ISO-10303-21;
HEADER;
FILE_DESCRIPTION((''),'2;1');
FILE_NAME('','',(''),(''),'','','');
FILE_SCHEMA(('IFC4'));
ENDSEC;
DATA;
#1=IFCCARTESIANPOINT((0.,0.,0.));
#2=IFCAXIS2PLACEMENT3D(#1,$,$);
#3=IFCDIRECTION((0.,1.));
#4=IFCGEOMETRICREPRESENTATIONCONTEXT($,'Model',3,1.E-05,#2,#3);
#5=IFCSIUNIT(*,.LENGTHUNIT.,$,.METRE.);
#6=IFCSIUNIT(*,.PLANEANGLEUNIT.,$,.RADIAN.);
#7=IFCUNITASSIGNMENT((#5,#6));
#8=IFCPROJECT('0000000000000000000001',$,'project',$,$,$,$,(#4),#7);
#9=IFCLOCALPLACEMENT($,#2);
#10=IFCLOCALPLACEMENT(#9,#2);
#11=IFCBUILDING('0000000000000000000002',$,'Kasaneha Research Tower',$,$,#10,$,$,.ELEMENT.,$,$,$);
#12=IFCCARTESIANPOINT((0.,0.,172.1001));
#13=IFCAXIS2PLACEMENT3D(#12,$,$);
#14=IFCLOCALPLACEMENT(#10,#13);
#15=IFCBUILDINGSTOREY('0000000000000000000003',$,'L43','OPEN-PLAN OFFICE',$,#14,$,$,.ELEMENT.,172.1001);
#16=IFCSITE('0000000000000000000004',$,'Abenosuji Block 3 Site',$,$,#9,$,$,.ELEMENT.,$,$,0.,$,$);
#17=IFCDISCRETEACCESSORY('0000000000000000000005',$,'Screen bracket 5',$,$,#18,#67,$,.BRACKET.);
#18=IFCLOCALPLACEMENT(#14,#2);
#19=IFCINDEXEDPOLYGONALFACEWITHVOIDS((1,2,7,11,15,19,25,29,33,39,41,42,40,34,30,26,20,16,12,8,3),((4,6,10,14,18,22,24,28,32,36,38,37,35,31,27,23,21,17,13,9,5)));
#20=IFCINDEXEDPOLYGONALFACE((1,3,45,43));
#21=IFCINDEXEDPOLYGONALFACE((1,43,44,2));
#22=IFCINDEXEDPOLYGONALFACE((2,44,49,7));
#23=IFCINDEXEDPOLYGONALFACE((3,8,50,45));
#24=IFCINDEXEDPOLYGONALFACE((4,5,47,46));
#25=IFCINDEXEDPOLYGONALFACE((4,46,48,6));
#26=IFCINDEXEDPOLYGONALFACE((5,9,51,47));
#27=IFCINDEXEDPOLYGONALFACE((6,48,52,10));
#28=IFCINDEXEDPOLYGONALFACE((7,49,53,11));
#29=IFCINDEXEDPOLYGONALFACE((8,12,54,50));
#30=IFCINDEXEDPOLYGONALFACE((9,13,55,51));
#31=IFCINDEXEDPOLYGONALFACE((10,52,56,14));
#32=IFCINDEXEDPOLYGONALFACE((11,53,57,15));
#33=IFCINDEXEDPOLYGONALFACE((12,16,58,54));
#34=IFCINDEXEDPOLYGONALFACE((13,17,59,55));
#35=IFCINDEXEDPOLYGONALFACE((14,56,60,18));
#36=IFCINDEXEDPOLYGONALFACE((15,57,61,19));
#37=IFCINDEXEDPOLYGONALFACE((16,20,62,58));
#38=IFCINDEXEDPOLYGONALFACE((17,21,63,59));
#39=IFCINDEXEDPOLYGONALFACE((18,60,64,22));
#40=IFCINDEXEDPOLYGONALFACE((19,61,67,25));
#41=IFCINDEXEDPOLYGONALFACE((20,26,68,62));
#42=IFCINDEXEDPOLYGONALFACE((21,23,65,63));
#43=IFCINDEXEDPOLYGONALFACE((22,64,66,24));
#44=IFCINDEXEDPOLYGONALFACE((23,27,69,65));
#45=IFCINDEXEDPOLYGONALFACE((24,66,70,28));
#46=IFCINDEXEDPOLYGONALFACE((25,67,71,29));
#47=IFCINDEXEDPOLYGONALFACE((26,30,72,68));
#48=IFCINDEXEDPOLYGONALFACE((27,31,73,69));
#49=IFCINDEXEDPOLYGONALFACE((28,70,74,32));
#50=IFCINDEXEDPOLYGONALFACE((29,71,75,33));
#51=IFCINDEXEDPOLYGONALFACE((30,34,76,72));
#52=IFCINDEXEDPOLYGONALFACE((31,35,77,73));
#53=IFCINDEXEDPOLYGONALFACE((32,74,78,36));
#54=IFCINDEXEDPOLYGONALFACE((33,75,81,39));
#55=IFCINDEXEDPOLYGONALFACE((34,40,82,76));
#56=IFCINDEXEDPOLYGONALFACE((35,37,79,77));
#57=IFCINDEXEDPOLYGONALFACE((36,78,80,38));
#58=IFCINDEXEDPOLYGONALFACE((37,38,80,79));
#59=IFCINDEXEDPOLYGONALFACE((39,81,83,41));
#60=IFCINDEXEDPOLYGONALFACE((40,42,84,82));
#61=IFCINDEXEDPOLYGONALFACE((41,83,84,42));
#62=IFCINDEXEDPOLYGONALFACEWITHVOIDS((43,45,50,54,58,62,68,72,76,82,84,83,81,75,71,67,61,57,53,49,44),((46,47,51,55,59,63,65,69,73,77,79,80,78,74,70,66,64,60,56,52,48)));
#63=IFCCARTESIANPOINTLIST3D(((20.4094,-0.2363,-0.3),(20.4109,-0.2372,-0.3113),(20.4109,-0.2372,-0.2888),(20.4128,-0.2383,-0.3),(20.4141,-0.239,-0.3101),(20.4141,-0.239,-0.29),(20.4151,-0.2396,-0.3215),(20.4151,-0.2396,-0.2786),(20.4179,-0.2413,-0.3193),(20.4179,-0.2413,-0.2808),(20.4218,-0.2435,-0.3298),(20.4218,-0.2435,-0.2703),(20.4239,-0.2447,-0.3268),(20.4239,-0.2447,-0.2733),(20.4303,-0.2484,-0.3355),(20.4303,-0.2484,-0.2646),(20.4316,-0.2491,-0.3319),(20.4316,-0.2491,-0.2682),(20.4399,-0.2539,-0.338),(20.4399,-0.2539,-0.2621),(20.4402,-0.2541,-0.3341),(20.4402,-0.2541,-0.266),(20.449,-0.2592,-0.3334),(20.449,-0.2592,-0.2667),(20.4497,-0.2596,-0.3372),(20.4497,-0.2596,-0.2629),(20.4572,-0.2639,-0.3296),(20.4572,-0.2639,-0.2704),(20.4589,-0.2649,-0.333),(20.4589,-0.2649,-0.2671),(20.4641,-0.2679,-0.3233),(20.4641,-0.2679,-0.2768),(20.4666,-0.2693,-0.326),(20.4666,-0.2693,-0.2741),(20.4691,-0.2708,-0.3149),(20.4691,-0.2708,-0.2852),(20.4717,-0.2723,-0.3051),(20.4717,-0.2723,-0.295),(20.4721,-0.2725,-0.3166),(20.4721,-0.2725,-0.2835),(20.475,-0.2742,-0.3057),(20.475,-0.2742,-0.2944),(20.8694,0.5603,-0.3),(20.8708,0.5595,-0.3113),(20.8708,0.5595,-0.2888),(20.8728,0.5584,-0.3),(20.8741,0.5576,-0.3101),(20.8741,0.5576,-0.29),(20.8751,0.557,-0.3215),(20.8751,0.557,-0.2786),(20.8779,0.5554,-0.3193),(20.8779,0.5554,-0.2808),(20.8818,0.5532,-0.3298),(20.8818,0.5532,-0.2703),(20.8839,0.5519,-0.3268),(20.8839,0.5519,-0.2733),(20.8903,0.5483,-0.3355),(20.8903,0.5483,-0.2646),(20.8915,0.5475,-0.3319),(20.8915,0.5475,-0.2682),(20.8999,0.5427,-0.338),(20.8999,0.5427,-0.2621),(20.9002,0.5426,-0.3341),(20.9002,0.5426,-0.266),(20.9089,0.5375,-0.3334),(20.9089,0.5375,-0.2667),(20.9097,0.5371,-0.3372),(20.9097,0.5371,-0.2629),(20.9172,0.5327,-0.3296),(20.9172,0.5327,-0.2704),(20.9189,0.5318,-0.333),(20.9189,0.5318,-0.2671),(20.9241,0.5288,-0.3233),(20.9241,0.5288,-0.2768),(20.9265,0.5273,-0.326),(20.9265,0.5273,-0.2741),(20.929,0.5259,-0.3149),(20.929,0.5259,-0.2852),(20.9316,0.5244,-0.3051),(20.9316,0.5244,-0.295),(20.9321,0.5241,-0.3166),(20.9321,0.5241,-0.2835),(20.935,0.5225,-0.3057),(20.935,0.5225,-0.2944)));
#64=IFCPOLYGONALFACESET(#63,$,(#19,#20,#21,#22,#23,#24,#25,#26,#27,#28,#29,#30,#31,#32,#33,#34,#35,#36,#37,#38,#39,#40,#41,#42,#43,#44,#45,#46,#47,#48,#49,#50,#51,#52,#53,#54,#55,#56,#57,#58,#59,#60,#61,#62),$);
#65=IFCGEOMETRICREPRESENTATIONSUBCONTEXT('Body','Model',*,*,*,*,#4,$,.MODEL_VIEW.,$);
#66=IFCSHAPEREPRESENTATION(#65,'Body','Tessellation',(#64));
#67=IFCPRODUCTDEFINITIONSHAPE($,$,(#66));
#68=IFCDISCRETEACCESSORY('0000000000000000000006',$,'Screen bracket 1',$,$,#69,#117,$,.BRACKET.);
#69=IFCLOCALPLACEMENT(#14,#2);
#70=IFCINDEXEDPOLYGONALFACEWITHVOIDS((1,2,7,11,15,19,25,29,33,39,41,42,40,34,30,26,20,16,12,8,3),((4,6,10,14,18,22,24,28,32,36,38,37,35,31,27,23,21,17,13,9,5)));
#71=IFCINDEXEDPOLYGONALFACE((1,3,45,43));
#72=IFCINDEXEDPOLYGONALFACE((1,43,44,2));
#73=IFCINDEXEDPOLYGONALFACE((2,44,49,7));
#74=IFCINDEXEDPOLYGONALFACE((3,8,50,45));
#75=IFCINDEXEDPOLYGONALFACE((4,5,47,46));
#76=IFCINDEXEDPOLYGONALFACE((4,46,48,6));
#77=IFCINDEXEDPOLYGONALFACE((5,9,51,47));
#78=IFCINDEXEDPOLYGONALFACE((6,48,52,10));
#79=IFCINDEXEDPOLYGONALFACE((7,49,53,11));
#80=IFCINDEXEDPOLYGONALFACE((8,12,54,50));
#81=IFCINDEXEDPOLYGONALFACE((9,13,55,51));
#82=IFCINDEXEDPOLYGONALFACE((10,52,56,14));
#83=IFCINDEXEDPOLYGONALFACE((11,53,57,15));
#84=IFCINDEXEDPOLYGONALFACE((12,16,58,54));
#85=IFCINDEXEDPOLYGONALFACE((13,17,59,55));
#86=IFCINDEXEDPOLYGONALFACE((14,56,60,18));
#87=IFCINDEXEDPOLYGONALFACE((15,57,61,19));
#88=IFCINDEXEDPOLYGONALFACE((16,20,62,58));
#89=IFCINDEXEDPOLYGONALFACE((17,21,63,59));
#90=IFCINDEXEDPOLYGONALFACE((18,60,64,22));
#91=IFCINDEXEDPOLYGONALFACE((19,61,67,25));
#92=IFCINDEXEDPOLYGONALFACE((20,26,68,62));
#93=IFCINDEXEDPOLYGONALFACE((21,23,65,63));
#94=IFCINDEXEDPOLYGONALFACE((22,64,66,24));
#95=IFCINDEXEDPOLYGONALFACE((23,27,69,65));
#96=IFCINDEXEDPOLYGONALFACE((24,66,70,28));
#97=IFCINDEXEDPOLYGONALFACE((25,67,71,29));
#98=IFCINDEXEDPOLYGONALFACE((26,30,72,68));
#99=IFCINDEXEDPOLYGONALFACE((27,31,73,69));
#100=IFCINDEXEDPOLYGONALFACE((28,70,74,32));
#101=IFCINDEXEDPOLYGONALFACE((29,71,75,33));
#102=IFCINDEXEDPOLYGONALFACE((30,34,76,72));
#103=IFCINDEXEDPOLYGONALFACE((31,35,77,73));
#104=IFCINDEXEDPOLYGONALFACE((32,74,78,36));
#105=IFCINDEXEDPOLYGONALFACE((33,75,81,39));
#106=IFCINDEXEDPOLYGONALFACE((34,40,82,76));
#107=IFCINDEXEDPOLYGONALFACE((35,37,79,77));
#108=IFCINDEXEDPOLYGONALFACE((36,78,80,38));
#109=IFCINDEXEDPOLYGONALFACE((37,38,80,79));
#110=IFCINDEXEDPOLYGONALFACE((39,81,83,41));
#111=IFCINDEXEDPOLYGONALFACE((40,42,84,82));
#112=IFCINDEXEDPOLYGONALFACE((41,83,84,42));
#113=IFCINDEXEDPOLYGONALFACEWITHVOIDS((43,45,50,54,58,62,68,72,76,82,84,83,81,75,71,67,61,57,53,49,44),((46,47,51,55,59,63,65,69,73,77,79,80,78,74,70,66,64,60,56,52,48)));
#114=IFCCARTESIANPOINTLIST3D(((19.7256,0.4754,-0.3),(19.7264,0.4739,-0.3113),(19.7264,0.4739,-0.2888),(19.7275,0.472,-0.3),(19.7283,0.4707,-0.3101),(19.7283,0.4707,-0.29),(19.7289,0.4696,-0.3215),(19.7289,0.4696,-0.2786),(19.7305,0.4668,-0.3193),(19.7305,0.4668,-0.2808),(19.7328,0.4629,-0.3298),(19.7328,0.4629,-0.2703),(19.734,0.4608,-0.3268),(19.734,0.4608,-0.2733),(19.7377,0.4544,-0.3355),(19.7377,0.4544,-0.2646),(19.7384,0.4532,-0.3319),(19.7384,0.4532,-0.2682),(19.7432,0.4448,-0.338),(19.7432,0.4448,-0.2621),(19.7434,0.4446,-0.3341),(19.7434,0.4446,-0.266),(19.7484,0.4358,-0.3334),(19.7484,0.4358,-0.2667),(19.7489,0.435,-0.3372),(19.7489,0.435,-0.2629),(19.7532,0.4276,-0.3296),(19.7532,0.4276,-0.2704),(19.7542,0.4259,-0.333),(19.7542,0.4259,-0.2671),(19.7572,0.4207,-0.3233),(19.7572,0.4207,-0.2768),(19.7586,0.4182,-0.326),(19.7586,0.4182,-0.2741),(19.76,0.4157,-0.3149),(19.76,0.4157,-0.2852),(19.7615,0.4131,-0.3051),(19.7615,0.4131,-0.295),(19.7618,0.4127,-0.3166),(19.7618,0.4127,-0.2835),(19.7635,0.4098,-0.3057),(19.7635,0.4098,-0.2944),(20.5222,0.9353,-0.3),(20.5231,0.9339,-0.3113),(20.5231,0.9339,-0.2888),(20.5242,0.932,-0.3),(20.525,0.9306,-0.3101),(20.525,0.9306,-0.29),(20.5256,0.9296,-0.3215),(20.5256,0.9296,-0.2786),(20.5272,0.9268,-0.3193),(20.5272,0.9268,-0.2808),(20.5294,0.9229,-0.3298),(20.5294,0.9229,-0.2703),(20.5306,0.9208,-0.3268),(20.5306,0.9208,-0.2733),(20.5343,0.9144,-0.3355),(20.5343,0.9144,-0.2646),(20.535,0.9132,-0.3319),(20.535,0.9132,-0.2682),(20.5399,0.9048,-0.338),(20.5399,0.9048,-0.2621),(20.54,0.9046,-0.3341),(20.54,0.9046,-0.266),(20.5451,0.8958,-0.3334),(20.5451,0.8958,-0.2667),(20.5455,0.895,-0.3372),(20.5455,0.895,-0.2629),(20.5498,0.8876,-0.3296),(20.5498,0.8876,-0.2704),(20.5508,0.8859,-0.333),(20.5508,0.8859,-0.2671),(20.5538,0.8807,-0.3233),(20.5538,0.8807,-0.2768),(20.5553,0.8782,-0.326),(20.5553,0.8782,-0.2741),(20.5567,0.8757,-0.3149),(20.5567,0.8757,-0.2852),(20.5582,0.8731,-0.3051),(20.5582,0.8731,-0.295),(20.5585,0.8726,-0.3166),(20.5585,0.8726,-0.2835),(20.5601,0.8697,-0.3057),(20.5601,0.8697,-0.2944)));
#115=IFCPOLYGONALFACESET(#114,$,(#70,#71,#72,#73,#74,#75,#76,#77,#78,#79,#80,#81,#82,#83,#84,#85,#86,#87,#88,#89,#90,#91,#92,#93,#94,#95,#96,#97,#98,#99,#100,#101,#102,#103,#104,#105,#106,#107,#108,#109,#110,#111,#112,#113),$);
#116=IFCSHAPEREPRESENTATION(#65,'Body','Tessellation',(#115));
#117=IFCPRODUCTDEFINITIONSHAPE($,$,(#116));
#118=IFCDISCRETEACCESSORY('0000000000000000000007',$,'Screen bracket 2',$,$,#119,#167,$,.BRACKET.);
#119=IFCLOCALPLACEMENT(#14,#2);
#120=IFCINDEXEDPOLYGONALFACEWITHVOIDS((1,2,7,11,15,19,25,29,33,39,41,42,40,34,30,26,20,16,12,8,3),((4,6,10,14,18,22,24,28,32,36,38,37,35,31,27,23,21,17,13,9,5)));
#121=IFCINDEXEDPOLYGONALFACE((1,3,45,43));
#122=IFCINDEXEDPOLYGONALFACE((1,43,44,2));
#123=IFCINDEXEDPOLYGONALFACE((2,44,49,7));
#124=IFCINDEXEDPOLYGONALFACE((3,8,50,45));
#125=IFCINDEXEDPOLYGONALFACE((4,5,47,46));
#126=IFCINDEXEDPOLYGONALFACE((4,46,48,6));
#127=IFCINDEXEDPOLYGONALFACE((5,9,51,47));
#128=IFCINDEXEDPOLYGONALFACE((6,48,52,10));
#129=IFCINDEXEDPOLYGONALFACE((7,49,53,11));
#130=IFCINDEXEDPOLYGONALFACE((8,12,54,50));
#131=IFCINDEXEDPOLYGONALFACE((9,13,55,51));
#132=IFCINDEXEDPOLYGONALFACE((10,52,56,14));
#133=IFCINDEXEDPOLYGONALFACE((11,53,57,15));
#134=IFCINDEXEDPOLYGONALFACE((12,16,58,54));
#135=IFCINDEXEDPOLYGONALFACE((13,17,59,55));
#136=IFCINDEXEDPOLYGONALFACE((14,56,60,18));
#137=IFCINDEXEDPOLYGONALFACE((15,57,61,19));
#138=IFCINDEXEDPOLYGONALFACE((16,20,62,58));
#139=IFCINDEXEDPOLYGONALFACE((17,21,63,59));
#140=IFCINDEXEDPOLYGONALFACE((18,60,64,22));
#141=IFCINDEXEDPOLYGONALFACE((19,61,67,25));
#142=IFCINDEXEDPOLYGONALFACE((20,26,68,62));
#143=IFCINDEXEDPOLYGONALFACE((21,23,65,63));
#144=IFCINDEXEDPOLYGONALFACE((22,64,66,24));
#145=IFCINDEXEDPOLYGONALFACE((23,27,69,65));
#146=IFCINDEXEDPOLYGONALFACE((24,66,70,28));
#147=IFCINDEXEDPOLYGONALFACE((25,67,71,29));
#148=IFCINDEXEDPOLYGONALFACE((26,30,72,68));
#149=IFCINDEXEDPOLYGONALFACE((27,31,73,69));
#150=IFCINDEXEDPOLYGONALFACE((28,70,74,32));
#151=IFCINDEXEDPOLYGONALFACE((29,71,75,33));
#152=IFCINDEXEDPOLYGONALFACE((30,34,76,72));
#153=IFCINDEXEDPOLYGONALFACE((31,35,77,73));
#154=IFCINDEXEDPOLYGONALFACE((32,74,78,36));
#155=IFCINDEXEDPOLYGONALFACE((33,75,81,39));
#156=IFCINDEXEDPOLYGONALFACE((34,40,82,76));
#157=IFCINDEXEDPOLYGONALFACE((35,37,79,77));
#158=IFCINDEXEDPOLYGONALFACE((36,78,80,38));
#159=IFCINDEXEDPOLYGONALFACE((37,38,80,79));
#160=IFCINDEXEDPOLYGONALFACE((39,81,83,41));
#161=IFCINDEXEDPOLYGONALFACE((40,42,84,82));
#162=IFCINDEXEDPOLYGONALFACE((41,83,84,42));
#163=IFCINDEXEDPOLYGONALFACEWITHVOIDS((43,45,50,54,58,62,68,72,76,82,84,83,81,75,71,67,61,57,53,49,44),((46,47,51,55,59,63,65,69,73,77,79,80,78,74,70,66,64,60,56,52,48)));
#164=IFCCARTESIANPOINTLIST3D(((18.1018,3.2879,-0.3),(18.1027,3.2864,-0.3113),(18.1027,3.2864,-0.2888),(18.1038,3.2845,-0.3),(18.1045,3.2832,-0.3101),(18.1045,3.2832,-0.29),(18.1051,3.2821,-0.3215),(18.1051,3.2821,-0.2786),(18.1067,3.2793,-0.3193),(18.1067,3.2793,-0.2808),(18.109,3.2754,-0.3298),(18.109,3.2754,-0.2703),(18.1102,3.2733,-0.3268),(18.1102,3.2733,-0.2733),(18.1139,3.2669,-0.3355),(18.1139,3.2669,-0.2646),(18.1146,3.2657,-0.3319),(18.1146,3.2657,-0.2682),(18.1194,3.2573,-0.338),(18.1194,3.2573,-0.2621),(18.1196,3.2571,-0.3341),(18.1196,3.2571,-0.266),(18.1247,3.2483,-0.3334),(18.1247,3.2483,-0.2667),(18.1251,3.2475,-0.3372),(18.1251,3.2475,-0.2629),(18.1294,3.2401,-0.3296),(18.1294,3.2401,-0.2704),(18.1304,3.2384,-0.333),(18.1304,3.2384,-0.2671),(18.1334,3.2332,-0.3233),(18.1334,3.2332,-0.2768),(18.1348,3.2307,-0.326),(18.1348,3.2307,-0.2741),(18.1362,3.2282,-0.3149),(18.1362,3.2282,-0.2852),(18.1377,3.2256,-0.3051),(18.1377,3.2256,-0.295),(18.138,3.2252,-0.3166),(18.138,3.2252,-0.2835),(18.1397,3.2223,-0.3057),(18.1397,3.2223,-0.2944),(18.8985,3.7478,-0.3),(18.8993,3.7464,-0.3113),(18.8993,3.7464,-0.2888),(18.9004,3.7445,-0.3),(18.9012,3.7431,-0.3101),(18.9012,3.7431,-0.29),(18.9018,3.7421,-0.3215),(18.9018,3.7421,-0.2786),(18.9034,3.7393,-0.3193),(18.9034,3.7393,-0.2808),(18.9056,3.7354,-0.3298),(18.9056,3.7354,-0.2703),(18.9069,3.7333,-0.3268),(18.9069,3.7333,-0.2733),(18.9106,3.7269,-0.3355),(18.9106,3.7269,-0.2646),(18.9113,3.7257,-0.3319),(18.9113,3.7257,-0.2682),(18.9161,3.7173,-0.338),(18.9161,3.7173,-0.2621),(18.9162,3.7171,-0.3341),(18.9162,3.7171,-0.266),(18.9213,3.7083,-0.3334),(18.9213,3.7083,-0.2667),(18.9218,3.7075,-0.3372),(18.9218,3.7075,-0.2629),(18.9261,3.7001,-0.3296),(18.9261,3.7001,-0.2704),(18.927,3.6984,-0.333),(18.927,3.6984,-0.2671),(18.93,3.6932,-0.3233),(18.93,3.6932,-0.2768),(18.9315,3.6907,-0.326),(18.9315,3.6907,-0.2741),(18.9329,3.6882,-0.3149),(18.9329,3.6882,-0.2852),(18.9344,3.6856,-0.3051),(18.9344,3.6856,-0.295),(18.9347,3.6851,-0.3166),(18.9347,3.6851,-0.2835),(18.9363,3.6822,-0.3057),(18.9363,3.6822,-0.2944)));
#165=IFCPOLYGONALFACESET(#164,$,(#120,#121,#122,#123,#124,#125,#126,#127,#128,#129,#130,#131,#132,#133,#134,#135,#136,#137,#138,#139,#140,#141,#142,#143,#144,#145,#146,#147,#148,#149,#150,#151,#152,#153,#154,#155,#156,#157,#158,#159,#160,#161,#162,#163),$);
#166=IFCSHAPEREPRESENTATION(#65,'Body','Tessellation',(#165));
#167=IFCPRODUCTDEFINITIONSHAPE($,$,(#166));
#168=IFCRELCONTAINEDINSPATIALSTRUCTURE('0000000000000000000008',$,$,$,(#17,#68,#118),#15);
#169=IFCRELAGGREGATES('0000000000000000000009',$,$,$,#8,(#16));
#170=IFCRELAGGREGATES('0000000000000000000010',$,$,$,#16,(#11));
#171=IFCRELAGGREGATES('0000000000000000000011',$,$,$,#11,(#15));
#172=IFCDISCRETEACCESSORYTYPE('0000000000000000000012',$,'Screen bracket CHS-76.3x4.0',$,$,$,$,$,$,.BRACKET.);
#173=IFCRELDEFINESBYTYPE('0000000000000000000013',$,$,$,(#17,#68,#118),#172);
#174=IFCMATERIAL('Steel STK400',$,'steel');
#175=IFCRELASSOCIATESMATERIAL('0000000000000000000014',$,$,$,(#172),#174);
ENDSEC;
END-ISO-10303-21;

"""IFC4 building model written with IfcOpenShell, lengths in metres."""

from ifc_helpers import new_model, si_unit, direction, frame, origin, origin_2d, place, context, subcontext, project, spatial, hollow_circle, extrude, material, material_profile, profile_set, type_object, element, save


model = new_model("IFC4")

# Units and contexts
model_context = context("Model", 3, precision=1e-05, world=origin(), true_north=direction((0.0, 1.0)))
body_context = subcontext(model_context, "Body", "Model", "MODEL_VIEW")
ifc_project = project(units=[si_unit("LENGTHUNIT", "METRE"), si_unit("PLANEANGLEUNIT", "RADIAN")], contexts=[model_context])

# Site, building, storey
site_placement = place(None, origin())
site = spatial("IfcSite", under=ifc_project, at=site_placement, Name="Abenosuji Block 3 Site", CompositionType="ELEMENT", RefElevation=0.0)
building_placement = place(site_placement, origin())
building = spatial("IfcBuilding", under=site, at=building_placement, Name="Kasaneha Research Tower", CompositionType="ELEMENT")
storey_placement = place(building_placement, frame((0.0, 0.0, 172.1001)))
storey = spatial("IfcBuildingStorey", under=building, at=storey_placement, Name="L43", Description="OPEN-PLAN OFFICE", CompositionType="ELEMENT", Elevation=172.1001)

# Discrete accessories
ifc_material_1 = material(Name="Steel STK400", Category="steel")
ifc_material_profile_1 = material_profile(ifc_material_1, hollow_circle(Radius=0.0381, WallThickness=0.0039, at=origin_2d()), Name="CHS-76.3x4.0")
ifc_profile_set_1 = profile_set([ifc_material_profile_1], Name="Steel STK400")
discrete_accessory_type = type_object("IfcDiscreteAccessoryType", Name="Screen bracket CHS-76.3x4.0", PredefinedType="BRACKET", material=ifc_profile_set_1)
for number, where, z_axis, x_axis, name in (
    (1, (20.4424, -0.2554, -0.3), (0.500021, 0.866013, 0.0), (-0.866013, 0.500021, 0.0), "Screen bracket 5"),
    (2, (19.7446, 0.4424, -0.3), (0.866013, 0.500021, 0.0), (-0.500021, 0.866013, 0.0), "Screen bracket 1"),
    (3, (18.1208, 3.2549, -0.3), (0.866013, 0.500021, 0.0), (-0.500021, 0.866013, 0.0), "Screen bracket 2"),
):
    element("IfcDiscreteAccessory", number, at=place(storey_placement, frame(where, z_axis=z_axis, x_axis=x_axis)), inside=storey, type_object=discrete_accessory_type, Name=name, PredefinedType="BRACKET", context=body_context, shape_type="SweptSolid", body=[
        extrude(hollow_circle(Radius=0.0381, WallThickness=0.0039, at=origin_2d()), origin(), (0.0, 0.0, 1.0), 0.9199),
    ])

save(model, "model.ifc")
